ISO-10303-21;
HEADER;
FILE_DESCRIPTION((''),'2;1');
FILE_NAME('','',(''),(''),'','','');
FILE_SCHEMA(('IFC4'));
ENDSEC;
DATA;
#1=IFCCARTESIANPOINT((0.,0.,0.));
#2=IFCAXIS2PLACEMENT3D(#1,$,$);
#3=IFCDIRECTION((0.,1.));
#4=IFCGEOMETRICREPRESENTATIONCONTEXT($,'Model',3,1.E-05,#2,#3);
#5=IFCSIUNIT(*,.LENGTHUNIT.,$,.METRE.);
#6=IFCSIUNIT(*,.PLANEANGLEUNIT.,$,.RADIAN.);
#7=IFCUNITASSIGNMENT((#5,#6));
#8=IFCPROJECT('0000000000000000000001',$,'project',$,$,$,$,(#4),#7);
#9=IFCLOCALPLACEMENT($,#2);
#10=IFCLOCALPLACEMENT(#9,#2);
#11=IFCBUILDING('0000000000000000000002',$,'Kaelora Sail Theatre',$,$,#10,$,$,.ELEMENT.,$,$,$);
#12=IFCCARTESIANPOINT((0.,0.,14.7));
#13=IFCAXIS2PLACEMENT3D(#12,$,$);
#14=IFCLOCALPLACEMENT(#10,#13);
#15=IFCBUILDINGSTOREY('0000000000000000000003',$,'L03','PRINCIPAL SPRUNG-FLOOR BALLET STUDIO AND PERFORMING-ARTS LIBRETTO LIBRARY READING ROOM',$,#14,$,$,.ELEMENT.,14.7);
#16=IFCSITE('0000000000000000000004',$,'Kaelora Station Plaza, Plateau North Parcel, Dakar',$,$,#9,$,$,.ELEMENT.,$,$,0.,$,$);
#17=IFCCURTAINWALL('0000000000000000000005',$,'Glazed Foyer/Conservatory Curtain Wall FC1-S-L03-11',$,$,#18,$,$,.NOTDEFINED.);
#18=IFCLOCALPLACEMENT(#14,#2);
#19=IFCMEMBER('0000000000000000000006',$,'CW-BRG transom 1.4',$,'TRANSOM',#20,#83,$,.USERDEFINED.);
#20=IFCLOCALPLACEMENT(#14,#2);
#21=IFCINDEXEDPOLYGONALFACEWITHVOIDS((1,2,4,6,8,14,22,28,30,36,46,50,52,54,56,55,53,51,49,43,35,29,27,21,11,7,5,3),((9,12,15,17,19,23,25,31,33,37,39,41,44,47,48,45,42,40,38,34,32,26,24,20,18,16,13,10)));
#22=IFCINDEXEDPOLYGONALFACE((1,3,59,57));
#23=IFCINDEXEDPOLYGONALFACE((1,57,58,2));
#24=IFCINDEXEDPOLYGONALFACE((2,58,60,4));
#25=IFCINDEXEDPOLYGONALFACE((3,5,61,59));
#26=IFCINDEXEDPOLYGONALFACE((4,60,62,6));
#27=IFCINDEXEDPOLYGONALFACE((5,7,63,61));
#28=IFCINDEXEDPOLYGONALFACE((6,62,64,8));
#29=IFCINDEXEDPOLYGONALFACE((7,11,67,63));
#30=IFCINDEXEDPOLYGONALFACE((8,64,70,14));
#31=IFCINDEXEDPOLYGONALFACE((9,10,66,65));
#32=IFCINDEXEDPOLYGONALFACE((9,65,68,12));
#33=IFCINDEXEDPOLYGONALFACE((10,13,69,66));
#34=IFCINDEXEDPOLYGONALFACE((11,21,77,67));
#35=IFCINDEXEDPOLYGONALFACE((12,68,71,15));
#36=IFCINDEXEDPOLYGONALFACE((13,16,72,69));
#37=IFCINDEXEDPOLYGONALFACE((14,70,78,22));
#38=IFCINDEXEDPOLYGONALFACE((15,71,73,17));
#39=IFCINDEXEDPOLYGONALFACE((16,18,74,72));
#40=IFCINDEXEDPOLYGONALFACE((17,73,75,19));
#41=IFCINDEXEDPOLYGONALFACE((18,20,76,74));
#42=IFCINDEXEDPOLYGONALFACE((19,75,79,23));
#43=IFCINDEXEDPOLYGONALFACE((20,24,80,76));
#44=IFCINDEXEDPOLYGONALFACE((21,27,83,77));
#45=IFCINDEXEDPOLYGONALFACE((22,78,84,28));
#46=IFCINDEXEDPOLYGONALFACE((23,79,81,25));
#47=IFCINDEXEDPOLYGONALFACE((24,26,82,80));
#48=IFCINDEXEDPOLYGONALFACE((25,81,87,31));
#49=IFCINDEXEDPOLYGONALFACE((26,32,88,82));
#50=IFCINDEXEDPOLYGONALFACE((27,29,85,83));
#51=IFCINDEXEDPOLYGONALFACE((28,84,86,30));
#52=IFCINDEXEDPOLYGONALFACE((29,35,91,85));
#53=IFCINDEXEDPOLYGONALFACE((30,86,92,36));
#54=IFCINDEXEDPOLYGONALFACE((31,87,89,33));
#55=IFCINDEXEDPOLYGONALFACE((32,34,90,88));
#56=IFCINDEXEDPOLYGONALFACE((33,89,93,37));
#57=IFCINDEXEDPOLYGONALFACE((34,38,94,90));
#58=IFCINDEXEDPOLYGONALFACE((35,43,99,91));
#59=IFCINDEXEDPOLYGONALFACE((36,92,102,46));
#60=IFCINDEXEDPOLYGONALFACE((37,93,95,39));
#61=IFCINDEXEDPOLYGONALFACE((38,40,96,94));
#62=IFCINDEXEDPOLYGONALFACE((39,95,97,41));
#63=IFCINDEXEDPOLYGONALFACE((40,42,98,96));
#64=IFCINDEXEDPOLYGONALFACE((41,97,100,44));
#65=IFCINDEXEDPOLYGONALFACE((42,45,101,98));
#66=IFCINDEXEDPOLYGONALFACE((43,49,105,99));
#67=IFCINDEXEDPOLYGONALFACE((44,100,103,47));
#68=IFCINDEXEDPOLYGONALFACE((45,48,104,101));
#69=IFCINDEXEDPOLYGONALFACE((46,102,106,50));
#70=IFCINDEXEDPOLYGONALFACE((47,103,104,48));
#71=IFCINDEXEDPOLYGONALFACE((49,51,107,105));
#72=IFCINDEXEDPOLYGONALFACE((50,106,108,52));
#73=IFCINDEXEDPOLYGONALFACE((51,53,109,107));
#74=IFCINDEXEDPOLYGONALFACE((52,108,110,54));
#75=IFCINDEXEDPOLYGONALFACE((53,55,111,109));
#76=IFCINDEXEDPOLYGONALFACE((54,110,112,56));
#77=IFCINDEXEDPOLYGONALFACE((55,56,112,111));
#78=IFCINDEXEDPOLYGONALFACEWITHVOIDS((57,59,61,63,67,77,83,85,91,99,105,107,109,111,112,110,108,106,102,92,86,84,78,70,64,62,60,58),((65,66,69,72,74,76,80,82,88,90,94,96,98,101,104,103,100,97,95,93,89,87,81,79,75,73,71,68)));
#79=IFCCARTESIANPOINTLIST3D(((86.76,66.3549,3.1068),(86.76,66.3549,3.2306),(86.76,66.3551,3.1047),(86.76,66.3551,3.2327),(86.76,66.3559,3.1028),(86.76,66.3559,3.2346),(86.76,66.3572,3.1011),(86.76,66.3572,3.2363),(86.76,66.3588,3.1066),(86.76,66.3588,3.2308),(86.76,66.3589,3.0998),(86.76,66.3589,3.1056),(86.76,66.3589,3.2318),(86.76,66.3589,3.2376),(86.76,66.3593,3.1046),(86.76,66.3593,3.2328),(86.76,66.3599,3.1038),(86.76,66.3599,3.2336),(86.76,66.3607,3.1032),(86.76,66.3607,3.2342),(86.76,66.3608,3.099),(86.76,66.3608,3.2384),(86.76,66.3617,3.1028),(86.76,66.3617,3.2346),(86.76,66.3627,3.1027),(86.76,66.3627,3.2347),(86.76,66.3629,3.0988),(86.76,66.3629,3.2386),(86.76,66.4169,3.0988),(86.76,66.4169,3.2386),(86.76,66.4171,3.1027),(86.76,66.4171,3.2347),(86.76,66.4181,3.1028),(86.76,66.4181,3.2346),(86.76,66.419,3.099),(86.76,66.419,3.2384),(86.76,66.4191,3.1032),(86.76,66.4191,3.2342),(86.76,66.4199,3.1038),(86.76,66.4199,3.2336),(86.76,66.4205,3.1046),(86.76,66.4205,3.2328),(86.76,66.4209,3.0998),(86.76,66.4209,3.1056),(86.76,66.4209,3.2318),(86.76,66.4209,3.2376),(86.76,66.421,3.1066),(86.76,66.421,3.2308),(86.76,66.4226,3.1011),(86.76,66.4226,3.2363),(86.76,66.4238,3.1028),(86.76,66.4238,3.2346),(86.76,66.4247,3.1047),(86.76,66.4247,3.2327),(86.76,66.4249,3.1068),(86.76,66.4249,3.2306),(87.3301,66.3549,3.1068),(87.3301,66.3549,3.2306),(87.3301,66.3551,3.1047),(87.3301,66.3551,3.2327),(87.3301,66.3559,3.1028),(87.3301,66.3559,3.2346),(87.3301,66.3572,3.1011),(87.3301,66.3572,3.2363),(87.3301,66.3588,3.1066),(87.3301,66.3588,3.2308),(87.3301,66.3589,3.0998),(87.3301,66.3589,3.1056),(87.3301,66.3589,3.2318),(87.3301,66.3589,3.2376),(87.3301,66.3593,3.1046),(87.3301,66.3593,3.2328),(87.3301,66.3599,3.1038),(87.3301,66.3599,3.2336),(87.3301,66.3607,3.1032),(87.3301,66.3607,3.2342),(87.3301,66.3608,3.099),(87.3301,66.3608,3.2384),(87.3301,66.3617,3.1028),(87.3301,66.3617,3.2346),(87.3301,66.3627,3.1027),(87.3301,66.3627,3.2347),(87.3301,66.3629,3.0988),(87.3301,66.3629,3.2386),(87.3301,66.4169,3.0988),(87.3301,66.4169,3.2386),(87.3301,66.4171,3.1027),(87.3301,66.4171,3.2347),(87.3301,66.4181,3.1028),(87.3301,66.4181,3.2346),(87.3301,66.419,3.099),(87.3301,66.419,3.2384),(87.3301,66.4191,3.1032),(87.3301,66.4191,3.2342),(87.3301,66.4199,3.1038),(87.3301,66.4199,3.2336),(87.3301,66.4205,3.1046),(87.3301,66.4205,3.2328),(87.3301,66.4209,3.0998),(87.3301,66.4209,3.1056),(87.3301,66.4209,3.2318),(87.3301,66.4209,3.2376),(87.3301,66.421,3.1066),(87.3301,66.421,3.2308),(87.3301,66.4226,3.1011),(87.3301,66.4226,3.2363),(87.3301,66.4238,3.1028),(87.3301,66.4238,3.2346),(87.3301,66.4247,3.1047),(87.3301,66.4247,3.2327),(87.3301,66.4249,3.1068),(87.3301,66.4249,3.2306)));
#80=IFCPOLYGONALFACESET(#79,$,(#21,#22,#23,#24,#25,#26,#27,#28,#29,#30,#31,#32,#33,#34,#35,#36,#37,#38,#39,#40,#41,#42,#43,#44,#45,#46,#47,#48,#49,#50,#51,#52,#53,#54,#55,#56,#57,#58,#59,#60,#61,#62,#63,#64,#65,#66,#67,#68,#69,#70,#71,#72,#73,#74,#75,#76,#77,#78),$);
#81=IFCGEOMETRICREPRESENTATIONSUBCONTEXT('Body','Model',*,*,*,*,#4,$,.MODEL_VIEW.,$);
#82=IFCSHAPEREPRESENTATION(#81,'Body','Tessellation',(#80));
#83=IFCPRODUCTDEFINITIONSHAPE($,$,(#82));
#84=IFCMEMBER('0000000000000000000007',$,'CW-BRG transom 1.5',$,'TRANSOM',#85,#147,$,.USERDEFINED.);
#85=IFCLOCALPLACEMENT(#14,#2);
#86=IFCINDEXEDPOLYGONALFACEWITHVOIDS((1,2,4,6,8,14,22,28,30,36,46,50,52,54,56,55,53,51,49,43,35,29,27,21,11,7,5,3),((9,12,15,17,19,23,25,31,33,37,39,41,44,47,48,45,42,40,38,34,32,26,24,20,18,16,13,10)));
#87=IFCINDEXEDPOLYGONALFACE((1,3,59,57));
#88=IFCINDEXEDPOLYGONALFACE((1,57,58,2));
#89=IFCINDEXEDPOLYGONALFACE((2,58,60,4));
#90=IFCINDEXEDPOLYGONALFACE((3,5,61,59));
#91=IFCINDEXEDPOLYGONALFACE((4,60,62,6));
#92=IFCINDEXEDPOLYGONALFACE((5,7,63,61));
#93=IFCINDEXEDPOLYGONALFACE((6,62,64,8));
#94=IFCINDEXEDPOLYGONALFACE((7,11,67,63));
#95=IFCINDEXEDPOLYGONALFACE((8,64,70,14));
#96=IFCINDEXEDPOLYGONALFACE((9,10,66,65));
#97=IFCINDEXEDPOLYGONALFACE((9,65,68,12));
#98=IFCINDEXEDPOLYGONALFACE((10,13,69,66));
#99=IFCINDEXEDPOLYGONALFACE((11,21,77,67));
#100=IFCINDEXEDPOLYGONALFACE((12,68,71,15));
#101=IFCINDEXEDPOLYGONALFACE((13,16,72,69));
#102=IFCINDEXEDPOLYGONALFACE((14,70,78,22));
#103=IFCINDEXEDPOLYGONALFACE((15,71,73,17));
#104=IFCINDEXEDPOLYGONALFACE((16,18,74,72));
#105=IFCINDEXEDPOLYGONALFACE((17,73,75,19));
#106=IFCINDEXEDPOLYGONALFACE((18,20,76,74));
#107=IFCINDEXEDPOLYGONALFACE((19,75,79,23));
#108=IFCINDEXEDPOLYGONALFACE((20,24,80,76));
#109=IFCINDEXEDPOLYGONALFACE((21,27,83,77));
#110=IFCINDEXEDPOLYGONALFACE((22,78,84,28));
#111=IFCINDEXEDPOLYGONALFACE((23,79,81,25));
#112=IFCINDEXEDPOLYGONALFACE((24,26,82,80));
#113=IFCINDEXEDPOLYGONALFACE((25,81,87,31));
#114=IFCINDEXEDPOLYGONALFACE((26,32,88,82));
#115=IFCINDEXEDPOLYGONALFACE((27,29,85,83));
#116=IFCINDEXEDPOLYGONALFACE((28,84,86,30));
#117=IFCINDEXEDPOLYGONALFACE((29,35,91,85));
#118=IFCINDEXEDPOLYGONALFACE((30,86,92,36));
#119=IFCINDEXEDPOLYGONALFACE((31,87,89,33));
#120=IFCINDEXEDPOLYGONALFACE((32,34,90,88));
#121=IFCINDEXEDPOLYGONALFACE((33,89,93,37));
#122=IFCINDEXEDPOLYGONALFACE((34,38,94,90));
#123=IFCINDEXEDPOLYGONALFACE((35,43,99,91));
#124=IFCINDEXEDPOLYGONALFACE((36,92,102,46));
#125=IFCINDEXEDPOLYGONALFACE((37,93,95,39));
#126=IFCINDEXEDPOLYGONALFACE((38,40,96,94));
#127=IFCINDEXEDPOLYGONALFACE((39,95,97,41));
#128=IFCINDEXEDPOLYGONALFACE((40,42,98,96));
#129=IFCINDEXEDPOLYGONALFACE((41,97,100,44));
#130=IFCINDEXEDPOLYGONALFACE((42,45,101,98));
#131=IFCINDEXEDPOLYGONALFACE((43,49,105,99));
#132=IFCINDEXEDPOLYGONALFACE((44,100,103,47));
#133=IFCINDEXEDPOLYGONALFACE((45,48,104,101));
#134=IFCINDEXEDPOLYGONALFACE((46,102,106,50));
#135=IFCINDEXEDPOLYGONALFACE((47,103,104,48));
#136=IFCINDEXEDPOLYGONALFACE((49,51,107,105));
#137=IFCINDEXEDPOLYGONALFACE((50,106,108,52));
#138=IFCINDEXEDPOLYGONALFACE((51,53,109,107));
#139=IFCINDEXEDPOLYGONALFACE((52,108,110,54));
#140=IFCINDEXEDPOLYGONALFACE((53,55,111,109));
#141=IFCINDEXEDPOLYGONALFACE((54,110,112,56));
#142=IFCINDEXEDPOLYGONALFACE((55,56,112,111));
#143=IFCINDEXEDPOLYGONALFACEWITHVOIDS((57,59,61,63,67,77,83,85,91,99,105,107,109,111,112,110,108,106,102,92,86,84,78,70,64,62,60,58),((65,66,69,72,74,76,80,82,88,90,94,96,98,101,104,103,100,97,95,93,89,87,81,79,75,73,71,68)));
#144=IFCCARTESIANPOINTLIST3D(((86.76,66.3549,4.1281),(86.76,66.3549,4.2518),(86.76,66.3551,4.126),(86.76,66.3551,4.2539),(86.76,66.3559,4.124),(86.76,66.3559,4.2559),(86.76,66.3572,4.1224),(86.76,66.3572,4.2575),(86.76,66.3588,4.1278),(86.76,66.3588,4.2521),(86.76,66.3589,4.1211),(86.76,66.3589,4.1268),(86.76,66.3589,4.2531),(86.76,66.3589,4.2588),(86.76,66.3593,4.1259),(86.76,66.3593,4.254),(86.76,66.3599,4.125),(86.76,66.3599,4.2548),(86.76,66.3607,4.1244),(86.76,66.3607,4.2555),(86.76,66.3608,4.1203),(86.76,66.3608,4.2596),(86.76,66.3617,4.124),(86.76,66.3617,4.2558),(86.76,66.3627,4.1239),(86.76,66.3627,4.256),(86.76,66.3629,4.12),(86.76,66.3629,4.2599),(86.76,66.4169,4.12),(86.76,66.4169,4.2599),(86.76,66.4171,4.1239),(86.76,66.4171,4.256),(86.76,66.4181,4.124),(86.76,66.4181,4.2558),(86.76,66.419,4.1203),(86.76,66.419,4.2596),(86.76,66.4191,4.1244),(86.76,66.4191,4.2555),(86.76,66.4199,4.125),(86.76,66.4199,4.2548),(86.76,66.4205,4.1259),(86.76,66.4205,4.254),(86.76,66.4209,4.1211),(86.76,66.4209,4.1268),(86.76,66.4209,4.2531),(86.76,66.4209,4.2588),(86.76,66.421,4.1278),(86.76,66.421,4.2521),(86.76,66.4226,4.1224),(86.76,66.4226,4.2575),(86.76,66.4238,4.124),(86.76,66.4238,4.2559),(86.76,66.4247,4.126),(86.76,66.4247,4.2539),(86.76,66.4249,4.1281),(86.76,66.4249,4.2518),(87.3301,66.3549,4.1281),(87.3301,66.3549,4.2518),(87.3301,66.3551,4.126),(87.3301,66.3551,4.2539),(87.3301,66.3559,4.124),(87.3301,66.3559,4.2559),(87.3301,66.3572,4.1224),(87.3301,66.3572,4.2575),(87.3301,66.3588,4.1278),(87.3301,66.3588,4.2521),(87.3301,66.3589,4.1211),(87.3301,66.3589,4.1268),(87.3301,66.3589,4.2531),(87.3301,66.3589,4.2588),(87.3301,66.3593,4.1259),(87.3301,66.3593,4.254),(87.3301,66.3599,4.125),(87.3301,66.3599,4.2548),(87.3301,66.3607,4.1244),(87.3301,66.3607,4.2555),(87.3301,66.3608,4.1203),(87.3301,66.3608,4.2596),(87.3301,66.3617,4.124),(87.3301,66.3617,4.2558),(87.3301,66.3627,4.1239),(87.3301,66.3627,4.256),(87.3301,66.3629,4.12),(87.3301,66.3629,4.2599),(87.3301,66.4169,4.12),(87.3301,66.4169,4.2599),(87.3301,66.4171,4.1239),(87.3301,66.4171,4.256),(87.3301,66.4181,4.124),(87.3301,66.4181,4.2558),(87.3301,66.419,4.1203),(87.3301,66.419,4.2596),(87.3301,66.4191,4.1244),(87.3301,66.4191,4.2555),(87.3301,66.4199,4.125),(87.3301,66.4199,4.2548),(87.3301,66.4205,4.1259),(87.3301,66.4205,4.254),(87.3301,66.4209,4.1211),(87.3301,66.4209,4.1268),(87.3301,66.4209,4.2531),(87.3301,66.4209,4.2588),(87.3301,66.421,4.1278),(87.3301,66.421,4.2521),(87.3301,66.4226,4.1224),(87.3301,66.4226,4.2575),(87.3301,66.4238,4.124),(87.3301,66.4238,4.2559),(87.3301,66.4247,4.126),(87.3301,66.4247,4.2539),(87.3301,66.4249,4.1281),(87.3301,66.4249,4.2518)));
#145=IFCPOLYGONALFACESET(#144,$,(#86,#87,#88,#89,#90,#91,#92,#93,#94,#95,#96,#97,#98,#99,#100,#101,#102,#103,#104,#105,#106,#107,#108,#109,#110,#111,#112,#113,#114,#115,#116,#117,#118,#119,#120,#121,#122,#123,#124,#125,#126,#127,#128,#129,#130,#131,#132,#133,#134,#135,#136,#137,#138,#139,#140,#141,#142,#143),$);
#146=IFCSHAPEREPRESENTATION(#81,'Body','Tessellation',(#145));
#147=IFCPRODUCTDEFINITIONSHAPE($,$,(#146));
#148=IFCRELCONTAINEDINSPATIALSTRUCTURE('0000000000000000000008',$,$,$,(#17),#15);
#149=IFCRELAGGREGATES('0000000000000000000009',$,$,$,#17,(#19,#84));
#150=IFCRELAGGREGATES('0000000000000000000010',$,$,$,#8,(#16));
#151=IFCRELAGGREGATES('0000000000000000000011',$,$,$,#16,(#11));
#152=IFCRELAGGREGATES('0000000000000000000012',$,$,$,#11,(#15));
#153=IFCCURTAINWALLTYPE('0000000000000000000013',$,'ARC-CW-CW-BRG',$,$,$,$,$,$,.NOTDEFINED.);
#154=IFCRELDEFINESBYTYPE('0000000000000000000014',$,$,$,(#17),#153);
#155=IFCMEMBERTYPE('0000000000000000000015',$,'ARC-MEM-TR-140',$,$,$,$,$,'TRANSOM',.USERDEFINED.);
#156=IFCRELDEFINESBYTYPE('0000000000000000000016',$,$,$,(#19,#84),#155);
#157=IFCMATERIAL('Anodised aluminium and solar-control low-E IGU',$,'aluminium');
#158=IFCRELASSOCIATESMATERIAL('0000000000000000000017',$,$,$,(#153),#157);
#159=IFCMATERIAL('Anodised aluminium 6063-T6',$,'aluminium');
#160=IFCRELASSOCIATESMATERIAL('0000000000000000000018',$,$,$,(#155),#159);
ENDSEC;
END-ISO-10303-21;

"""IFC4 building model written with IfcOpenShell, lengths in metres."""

from ifc_helpers import new_model, si_unit, direction, frame, origin, origin_2d, place, context, subcontext, project, spatial, hollow_rectangle, extrude, material, material_profile, profile_set, type_object, element, aggregate, save


model = new_model("IFC4")

# Units and contexts
model_context = context("Model", 3, precision=1e-05, world=origin(), true_north=direction((0.0, 1.0)))
body_context = subcontext(model_context, "Body", "Model", "MODEL_VIEW")
ifc_project = project(units=[si_unit("LENGTHUNIT", "METRE"), si_unit("PLANEANGLEUNIT", "RADIAN")], contexts=[model_context])

# Site, building, storey
site_placement = place(None, origin())
site = spatial("IfcSite", under=ifc_project, at=site_placement, Name="Kaelora Station Plaza, Plateau North Parcel, Dakar", CompositionType="ELEMENT", RefElevation=0.0)
building_placement = place(site_placement, origin())
building = spatial("IfcBuilding", under=site, at=building_placement, Name="Kaelora Sail Theatre", CompositionType="ELEMENT")
storey_placement = place(building_placement, frame((0.0, 0.0, 14.7)))
storey = spatial("IfcBuildingStorey", under=building, at=storey_placement, Name="L03", Description="PRINCIPAL SPRUNG-FLOOR BALLET STUDIO AND PERFORMING-ARTS LIBRETTO LIBRARY READING ROOM", CompositionType="ELEMENT", Elevation=14.7)

# Shared definitions
ifc_material_1 = material(Name="Anodised aluminium and solar-control low-E IGU", Category="aluminium")
curtain_wall_type = type_object("IfcCurtainWallType", Name="ARC-CW-CW-BRG", PredefinedType="NOTDEFINED", material=ifc_material_1)

# Curtain wall
curtain_wall_1_placement = place(storey_placement, origin())
curtain_wall_1 = element("IfcCurtainWall", 1, at=curtain_wall_1_placement, inside=storey, type_object=curtain_wall_type, Name="Glazed Foyer/Conservatory Curtain Wall FC1-S-L03-11", PredefinedType="NOTDEFINED")

# Members
ifc_material_2 = material(Name="Anodised aluminium 6063-T6", Category="aluminium")
ifc_material_profile_1 = material_profile(ifc_material_2, hollow_rectangle(XDim=0.0701, YDim=0.1399, WallThickness=0.0039, InnerFilletRadius=0.0039, OuterFilletRadius=0.0081, at=origin_2d()), Name="ALU-TRAN 70x140x4")
ifc_profile_set_1 = profile_set([ifc_material_profile_1], Name="Anodised aluminium 6063-T6")
member_type_1 = type_object("IfcMemberType", Name="ARC-MEM-TR-140", ElementType="TRANSOM", PredefinedType="USERDEFINED", material=ifc_profile_set_1)
member_1_placement = place(storey_placement, frame((86.76, 66.3899, 3.1687), z_axis=(1.0, 0.0, 0.0), x_axis=(0.0, 1.0, 0.0)))
member_1 = element("IfcMember", 2, at=member_1_placement, type_object=member_type_1, Name="CW-BRG transom 1.4", ObjectType="TRANSOM", PredefinedType="USERDEFINED", context=body_context, shape_type="SweptSolid", body=[
    extrude(hollow_rectangle(XDim=0.0701, YDim=0.1399, WallThickness=0.0039, InnerFilletRadius=0.0039, OuterFilletRadius=0.0081, at=origin_2d()), origin(), (0.0, 0.0, 1.0), 0.5701),
])
member_2_placement = place(storey_placement, frame((86.76, 66.3899, 4.1899), z_axis=(1.0, 0.0, 0.0), x_axis=(0.0, 1.0, 0.0)))
member_2 = element("IfcMember", 3, at=member_2_placement, type_object=member_type_1, Name="CW-BRG transom 1.5", ObjectType="TRANSOM", PredefinedType="USERDEFINED", context=body_context, shape_type="SweptSolid", body=[
    extrude(hollow_rectangle(XDim=0.0701, YDim=0.1399, WallThickness=0.0039, InnerFilletRadius=0.0039, OuterFilletRadius=0.0081, at=origin_2d()), origin(), (0.0, 0.0, 1.0), 0.5701),
])

aggregate(curtain_wall_1, [member_1, member_2])

save(model, "model.ifc")
